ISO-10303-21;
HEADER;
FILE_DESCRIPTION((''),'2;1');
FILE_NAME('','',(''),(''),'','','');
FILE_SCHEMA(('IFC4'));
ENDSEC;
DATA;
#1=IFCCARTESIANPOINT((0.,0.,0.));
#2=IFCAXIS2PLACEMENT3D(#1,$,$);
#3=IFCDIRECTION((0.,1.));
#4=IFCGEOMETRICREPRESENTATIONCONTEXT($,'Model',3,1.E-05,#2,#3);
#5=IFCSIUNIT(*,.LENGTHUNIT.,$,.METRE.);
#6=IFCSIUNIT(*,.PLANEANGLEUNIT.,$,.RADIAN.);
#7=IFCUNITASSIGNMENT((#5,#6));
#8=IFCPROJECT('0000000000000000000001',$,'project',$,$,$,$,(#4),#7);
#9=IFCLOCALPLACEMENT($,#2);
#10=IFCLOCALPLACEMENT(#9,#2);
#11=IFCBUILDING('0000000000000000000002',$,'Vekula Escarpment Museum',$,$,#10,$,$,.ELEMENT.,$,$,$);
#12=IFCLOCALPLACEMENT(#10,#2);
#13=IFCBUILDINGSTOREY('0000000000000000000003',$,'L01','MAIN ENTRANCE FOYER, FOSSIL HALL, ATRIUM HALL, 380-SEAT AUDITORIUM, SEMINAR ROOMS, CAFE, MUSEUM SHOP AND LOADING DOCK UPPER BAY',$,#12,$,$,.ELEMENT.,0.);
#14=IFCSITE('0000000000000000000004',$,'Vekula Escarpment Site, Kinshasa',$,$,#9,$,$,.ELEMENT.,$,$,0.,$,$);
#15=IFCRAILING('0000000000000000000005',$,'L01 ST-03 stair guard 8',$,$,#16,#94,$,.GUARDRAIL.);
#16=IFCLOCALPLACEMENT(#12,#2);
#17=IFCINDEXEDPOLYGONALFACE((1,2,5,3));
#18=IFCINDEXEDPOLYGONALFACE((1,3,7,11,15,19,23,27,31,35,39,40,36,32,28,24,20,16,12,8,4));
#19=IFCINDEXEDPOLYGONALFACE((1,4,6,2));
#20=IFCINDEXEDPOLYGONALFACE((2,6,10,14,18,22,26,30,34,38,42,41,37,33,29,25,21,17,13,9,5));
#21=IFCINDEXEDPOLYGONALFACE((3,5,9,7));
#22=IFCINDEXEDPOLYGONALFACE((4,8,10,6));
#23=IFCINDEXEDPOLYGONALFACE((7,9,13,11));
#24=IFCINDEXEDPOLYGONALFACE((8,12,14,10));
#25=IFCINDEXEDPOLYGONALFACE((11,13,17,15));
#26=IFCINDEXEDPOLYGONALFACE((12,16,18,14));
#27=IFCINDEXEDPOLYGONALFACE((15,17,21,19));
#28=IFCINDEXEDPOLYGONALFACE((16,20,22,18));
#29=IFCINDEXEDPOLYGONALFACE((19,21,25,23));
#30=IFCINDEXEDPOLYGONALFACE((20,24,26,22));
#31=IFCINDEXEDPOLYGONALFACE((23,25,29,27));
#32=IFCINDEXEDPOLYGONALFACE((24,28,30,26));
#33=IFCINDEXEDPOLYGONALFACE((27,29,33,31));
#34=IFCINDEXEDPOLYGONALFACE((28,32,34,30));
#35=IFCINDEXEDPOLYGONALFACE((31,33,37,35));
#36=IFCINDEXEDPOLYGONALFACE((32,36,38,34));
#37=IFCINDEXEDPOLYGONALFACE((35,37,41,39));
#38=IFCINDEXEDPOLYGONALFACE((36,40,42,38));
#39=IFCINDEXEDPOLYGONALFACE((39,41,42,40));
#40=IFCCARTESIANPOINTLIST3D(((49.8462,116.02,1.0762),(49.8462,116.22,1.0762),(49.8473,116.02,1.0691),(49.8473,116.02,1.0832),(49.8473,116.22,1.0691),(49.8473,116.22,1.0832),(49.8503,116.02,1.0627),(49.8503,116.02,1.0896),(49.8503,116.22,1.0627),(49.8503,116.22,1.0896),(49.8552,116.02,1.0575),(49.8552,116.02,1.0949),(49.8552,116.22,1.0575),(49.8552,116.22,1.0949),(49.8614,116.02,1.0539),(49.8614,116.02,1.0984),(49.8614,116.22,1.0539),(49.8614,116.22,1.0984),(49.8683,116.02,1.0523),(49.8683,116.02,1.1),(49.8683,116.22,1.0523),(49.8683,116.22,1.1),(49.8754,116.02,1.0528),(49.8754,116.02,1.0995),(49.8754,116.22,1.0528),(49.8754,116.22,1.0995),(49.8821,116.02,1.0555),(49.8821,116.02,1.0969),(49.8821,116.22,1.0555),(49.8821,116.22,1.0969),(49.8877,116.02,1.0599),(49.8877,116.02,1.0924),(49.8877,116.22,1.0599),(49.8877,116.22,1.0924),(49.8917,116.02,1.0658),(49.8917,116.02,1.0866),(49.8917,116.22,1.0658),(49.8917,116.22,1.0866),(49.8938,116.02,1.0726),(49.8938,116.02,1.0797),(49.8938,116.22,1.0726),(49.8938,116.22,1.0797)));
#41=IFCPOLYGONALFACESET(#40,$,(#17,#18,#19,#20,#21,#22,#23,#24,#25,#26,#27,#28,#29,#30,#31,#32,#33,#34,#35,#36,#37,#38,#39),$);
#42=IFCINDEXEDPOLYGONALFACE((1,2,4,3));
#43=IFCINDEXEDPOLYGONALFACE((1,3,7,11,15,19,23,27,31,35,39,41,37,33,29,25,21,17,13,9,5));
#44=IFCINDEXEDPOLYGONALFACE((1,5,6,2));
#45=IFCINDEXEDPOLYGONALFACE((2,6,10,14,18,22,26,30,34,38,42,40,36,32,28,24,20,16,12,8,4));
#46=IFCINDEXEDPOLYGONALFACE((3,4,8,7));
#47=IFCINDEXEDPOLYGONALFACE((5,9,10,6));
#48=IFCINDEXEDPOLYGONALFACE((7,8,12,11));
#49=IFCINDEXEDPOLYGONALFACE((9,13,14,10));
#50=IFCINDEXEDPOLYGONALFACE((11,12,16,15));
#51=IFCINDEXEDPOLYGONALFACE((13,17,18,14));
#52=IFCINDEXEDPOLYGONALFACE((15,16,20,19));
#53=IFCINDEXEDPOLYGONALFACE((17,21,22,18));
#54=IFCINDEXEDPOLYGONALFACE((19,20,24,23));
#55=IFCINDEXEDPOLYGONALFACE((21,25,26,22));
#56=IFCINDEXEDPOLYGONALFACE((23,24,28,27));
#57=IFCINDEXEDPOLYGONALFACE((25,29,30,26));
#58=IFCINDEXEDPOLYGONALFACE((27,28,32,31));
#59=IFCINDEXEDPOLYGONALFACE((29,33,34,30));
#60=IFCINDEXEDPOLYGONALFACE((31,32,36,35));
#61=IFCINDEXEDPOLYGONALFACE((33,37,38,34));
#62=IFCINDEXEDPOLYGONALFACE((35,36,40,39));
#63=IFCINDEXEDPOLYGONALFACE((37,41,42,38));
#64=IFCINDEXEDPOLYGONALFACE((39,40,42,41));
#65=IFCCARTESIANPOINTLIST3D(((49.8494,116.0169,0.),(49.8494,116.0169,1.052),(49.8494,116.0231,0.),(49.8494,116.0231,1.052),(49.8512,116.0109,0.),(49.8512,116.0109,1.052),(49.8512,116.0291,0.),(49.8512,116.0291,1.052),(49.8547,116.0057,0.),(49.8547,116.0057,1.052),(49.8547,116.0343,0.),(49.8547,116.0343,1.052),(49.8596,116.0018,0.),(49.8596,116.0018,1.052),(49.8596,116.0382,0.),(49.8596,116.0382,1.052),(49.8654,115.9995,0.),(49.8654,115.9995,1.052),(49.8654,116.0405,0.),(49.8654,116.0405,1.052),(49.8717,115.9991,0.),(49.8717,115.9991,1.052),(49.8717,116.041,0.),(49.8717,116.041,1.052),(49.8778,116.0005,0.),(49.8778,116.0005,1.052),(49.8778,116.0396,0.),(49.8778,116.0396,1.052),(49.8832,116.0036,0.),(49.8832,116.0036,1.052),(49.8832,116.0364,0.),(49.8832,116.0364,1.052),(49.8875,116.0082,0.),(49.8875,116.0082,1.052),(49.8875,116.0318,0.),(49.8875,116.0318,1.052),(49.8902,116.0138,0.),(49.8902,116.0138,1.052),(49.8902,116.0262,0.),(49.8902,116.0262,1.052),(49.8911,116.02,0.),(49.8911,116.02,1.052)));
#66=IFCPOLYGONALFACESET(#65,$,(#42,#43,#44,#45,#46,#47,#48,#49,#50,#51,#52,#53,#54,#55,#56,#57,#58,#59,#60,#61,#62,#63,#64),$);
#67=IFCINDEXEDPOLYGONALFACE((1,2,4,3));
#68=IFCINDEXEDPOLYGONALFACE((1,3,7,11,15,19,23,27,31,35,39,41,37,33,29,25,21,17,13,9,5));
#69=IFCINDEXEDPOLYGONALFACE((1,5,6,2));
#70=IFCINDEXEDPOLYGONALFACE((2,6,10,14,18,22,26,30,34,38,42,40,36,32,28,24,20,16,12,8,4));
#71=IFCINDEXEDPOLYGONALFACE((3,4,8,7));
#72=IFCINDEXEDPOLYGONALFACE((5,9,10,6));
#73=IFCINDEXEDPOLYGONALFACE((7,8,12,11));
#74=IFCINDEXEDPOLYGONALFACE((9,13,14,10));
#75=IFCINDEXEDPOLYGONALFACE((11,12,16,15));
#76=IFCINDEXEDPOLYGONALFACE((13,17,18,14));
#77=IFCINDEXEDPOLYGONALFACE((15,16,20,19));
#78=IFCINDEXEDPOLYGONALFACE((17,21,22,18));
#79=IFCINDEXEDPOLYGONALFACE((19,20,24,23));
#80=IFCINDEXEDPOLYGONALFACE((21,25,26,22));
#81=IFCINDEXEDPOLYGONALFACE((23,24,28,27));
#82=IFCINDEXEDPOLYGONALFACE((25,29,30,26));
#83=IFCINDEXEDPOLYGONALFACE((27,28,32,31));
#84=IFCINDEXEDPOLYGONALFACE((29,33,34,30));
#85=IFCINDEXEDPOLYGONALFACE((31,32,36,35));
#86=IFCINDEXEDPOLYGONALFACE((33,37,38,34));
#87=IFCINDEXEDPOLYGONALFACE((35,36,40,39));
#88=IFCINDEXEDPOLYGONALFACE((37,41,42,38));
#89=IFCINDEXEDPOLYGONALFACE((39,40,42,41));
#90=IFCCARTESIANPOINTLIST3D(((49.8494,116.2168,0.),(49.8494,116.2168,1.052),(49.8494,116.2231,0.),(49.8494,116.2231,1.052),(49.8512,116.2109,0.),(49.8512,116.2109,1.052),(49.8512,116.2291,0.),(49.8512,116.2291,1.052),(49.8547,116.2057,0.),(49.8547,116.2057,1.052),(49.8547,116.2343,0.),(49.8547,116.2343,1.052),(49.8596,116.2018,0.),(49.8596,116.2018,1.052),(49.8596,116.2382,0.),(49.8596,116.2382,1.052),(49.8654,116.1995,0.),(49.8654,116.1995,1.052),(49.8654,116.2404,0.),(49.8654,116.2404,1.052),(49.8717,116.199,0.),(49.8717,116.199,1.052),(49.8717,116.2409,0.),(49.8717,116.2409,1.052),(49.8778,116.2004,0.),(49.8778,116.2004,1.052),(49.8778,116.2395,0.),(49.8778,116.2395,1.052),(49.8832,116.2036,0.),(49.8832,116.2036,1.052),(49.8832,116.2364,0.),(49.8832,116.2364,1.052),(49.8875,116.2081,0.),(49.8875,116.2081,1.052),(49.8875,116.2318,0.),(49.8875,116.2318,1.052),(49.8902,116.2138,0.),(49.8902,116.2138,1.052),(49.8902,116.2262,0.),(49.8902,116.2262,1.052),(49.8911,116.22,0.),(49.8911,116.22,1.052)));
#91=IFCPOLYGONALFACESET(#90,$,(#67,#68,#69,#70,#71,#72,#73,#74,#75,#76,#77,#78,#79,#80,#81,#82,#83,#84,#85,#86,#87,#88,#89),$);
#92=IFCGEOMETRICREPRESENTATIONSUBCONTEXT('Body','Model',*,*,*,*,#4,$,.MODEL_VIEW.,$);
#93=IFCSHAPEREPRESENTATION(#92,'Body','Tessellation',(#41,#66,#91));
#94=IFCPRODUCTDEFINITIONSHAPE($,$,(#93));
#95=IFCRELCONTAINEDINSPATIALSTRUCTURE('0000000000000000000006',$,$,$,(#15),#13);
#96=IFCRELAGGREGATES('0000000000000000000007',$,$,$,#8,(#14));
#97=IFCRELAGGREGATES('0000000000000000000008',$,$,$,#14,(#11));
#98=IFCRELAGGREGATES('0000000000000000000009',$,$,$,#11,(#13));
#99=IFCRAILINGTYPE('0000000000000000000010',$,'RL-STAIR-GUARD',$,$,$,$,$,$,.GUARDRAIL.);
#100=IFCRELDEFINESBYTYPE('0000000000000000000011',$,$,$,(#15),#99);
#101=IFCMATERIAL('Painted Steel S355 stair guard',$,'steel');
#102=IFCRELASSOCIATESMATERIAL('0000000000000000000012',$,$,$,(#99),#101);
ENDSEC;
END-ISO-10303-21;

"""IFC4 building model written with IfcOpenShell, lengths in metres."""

from ifc_helpers import new_model, si_unit, direction, frame, origin, origin_2d, place, context, subcontext, project, spatial, circle, extrude, material, type_object, element, save


model = new_model("IFC4")

# Units and contexts
model_context = context("Model", 3, precision=1e-05, world=origin(), true_north=direction((0.0, 1.0)))
body_context = subcontext(model_context, "Body", "Model", "MODEL_VIEW")
ifc_project = project(units=[si_unit("LENGTHUNIT", "METRE"), si_unit("PLANEANGLEUNIT", "RADIAN")], contexts=[model_context])

# Site, building, storey
site_placement = place(None, origin())
site = spatial("IfcSite", under=ifc_project, at=site_placement, Name="Vekula Escarpment Site, Kinshasa", CompositionType="ELEMENT", RefElevation=0.0)
building_placement = place(site_placement, origin())
building = spatial("IfcBuilding", under=site, at=building_placement, Name="Vekula Escarpment Museum", CompositionType="ELEMENT")
storey_placement = place(building_placement, origin())
storey = spatial("IfcBuildingStorey", under=building, at=storey_placement, Name="L01", Description="MAIN ENTRANCE FOYER, FOSSIL HALL, ATRIUM HALL, 380-SEAT AUDITORIUM, SEMINAR ROOMS, CAFE, MUSEUM SHOP AND LOADING DOCK UPPER BAY", CompositionType="ELEMENT", Elevation=0.0)

# Railing
ifc_material_1 = material(Name="Painted Steel S355 stair guard", Category="steel")
railing_type_1 = type_object("IfcRailingType", Name="RL-STAIR-GUARD", PredefinedType="GUARDRAIL", material=ifc_material_1)
railing_1_placement = place(storey_placement, frame((49.8701, 116.02, 0.0)))
element("IfcRailing", 1, at=railing_1_placement, inside=storey, type_object=railing_type_1, Name="L01 ST-03 stair guard 8", PredefinedType="GUARDRAIL", context=body_context, shape_type="SweptSolid", body=[
    extrude(circle(Radius=0.0239, at=origin_2d()), frame((0.0, 0.0, 1.0762), z_axis=(0.0, 1.0, 0.0), x_axis=(-1.0, 0.0, 0.0)), (0.0, 0.0, 1.0), 0.2),
    extrude(circle(Radius=0.021, at=origin_2d()), origin(), (0.0, 0.0, 1.0), 1.052),
    extrude(circle(Radius=0.021, at=origin_2d()), frame((0.0, 0.2, 0.0)), (0.0, 0.0, 1.0), 1.052),
])

save(model, "model.ifc")
